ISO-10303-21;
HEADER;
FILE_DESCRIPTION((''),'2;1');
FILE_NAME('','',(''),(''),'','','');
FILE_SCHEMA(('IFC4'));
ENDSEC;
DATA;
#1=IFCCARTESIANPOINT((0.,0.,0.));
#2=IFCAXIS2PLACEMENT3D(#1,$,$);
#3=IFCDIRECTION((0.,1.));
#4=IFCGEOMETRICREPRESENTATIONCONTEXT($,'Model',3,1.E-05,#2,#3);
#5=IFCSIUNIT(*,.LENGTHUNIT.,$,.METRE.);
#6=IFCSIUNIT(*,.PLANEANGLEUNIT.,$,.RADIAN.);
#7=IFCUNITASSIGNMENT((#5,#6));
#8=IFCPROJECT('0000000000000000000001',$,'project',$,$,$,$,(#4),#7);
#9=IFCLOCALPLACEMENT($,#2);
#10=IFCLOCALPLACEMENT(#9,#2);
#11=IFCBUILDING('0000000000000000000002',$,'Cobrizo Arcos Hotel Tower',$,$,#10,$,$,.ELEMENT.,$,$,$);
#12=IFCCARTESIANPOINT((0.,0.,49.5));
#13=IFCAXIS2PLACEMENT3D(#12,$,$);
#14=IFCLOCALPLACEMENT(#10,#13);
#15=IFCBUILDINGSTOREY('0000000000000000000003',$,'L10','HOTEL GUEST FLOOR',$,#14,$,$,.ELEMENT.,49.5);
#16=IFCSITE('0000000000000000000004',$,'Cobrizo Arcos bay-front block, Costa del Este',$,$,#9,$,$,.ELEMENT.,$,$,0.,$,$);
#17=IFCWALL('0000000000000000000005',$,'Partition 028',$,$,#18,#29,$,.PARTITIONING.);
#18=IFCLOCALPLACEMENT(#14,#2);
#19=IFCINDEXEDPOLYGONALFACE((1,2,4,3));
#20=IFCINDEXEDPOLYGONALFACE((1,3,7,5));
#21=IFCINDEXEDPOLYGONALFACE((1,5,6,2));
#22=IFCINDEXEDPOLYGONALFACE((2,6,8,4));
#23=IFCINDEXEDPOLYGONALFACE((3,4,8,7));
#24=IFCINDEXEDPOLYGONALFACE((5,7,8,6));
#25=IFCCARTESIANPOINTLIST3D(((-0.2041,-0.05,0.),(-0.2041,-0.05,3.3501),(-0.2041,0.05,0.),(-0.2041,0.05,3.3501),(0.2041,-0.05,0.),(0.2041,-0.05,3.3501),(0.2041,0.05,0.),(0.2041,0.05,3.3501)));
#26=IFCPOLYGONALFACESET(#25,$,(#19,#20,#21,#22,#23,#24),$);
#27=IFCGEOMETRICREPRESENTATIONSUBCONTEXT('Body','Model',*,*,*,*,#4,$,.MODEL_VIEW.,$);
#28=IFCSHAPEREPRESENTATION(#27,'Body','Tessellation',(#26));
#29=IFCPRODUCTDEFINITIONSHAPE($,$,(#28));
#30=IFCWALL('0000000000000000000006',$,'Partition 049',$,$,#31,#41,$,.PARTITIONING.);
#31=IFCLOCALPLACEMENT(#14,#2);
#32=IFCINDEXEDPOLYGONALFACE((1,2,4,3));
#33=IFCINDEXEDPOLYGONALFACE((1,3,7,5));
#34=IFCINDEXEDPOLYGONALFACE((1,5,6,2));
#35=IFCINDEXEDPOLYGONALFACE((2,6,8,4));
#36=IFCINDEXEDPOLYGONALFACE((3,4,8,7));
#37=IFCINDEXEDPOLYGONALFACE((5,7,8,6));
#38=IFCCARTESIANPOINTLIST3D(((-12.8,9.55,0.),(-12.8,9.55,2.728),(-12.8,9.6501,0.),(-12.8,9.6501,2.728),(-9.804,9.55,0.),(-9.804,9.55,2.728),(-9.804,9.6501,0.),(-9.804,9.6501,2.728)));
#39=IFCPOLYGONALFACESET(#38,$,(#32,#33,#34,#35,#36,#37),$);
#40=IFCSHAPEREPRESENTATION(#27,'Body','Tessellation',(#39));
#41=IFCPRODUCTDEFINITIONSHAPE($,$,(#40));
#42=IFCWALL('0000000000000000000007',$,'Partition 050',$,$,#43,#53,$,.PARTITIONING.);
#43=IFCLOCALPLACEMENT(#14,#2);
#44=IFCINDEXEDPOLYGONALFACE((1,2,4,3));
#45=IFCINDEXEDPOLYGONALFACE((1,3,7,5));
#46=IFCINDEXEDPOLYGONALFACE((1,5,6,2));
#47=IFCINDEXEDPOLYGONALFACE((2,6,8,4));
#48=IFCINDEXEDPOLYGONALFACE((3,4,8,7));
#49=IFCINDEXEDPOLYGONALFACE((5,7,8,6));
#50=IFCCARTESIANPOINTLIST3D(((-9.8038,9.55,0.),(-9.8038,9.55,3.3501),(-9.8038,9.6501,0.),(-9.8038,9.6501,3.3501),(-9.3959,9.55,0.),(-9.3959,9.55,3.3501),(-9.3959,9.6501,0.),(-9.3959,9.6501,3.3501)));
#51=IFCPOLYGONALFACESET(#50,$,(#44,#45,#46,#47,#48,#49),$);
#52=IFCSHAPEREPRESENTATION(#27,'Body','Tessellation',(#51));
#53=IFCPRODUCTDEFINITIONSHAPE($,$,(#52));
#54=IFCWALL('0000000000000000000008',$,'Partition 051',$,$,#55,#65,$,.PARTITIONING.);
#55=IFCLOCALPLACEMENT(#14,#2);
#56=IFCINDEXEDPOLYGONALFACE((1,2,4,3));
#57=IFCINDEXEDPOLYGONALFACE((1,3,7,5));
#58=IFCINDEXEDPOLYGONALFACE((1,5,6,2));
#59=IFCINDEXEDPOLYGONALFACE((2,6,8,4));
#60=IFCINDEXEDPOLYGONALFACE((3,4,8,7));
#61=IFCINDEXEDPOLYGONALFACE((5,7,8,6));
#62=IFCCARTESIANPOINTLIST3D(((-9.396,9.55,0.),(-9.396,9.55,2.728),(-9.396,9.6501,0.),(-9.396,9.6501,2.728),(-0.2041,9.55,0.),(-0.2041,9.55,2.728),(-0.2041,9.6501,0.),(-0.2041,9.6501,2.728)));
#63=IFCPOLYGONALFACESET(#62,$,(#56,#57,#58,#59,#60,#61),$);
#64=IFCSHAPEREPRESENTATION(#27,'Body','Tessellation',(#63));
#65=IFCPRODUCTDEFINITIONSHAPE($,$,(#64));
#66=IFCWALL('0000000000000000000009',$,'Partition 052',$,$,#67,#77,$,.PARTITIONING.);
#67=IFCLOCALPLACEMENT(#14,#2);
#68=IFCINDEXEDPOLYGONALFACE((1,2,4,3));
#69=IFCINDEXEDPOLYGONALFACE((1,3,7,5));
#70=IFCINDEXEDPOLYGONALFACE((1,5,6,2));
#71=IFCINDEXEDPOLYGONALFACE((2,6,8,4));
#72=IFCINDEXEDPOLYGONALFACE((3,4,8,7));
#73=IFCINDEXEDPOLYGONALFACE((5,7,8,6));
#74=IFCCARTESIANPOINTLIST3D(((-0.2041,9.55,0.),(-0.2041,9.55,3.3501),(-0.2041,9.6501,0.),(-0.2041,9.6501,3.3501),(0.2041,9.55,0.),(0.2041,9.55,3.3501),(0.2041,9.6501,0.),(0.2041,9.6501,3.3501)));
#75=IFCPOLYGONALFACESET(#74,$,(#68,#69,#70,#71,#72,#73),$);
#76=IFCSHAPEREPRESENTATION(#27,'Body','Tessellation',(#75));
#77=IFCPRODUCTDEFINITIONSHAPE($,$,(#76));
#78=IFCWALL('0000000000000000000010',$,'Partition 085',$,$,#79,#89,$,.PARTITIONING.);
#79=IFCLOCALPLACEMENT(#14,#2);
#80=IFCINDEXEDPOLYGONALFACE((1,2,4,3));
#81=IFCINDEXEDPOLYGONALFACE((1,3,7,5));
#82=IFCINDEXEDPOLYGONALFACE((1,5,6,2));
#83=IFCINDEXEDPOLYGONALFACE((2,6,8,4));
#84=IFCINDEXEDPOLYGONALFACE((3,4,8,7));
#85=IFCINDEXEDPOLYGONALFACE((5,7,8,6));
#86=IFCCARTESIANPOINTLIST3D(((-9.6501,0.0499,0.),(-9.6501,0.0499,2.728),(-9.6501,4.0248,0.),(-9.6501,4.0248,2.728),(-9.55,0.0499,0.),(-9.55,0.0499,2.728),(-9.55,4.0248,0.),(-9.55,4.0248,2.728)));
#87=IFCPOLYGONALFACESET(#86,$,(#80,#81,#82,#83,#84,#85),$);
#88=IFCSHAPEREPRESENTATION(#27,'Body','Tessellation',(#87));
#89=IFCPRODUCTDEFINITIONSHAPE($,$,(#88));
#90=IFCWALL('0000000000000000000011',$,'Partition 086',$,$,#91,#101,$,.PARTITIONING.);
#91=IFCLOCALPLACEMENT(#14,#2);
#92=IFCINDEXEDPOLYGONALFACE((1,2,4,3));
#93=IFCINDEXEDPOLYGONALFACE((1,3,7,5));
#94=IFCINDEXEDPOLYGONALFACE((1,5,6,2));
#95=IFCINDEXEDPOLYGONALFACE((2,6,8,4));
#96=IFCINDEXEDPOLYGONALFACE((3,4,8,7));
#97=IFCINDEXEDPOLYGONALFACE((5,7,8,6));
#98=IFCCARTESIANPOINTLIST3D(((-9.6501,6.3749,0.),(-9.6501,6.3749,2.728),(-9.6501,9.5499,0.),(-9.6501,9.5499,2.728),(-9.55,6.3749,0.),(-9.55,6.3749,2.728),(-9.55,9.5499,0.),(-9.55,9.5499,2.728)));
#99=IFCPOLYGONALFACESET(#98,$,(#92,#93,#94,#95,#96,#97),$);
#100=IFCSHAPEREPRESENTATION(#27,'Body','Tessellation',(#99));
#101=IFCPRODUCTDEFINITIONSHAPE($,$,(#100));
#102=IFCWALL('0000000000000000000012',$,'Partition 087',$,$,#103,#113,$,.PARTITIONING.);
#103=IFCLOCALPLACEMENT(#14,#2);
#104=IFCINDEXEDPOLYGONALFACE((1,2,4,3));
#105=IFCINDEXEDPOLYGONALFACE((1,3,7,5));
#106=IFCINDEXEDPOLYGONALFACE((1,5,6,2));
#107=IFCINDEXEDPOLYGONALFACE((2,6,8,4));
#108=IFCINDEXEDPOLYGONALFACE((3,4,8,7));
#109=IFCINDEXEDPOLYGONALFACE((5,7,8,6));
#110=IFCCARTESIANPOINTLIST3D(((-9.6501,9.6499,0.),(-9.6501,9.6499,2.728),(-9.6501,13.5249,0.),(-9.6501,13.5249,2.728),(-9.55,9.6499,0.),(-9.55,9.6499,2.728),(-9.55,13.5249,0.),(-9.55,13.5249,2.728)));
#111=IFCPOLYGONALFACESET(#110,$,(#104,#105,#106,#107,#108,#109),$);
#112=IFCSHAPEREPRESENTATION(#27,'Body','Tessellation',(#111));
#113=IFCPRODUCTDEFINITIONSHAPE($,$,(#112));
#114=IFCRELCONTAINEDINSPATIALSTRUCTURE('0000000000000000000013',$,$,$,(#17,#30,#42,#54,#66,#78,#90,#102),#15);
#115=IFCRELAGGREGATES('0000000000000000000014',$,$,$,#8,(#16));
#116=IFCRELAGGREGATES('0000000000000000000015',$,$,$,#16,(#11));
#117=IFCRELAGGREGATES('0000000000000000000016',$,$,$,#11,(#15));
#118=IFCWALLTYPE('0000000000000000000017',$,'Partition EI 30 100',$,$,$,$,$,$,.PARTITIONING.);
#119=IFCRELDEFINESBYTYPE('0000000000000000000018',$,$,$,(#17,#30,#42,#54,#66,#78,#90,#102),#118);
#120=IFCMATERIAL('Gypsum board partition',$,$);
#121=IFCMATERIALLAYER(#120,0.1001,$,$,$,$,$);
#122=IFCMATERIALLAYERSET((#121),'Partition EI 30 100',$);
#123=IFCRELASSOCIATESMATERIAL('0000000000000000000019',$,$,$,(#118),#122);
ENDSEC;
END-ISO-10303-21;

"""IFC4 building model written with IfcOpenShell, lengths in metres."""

from ifc_helpers import new_model, si_unit, direction, frame, frame_2d, origin, place, context, subcontext, project, spatial, rectangle, extrude, material, layer, layer_set, type_object, element, save


model = new_model("IFC4")

# Units and contexts
model_context = context("Model", 3, precision=1e-05, world=origin(), true_north=direction((0.0, 1.0)))
body_context = subcontext(model_context, "Body", "Model", "MODEL_VIEW")
ifc_project = project(units=[si_unit("LENGTHUNIT", "METRE"), si_unit("PLANEANGLEUNIT", "RADIAN")], contexts=[model_context])

# Site, building, storey
site_placement = place(None, origin())
site = spatial("IfcSite", under=ifc_project, at=site_placement, Name="Cobrizo Arcos bay-front block, Costa del Este", CompositionType="ELEMENT", RefElevation=0.0)
building_placement = place(site_placement, origin())
building = spatial("IfcBuilding", under=site, at=building_placement, Name="Cobrizo Arcos Hotel Tower", CompositionType="ELEMENT")
storey_placement = place(building_placement, frame((0.0, 0.0, 49.5)))
storey = spatial("IfcBuildingStorey", under=building, at=storey_placement, Name="L10", Description="HOTEL GUEST FLOOR", CompositionType="ELEMENT", Elevation=49.5)

# Shared definitions
ifc_material_1 = material(Name="Gypsum board partition")

# Walls
ifc_layer_1 = layer(ifc_material_1, 0.1001)
ifc_layer_set_1 = layer_set([ifc_layer_1], Name="Partition EI 30 100")
wall_type_1 = type_object("IfcWallType", Name="Partition EI 30 100", PredefinedType="PARTITIONING", material=ifc_layer_set_1)
wall_1_placement = place(storey_placement, frame((-0.2041, 0.0, 0.0), z_axis=(0.0, 0.0, 1.0), x_axis=(1.0, 0.0, 0.0)))
element("IfcWall", 1, at=wall_1_placement, inside=storey, type_object=wall_type_1, Name="Partition 028", PredefinedType="PARTITIONING", context=body_context, shape_type="SweptSolid", body=[
    extrude(rectangle(XDim=0.4082, YDim=0.1001, at=frame_2d((0.2041, 0.0))), origin(), (0.0, 0.0, 1.0), 3.3501),
])
wall_2_placement = place(storey_placement, frame((-12.8, 9.6001, 0.0), z_axis=(0.0, 0.0, 1.0), x_axis=(1.0, 0.0, 0.0)))
element("IfcWall", 2, at=wall_2_placement, inside=storey, type_object=wall_type_1, Name="Partition 049", PredefinedType="PARTITIONING", context=body_context, shape_type="SweptSolid", body=[
    extrude(rectangle(XDim=2.9961, YDim=0.1001, at=frame_2d((1.498, 0.0))), origin(), (0.0, 0.0, 1.0), 2.728),
])
wall_3_placement = place(storey_placement, frame((-9.804, 9.6001, 0.0), z_axis=(0.0, 0.0, 1.0), x_axis=(1.0, 0.0, 0.0)))
element("IfcWall", 3, at=wall_3_placement, inside=storey, type_object=wall_type_1, Name="Partition 050", PredefinedType="PARTITIONING", context=body_context, shape_type="SweptSolid", body=[
    extrude(rectangle(XDim=0.408, YDim=0.1001, at=frame_2d((0.2041, 0.0))), origin(), (0.0, 0.0, 1.0), 3.3501),
])
wall_4_placement = place(storey_placement, frame((-9.396, 9.6001, 0.0), z_axis=(0.0, 0.0, 1.0), x_axis=(1.0, 0.0, 0.0)))
element("IfcWall", 4, at=wall_4_placement, inside=storey, type_object=wall_type_1, Name="Partition 051", PredefinedType="PARTITIONING", context=body_context, shape_type="SweptSolid", body=[
    extrude(rectangle(XDim=9.1919, YDim=0.1001, at=frame_2d((4.5959, 0.0))), origin(), (0.0, 0.0, 1.0), 2.728),
])
wall_5_placement = place(storey_placement, frame((-0.2041, 9.6001, 0.0), z_axis=(0.0, 0.0, 1.0), x_axis=(1.0, 0.0, 0.0)))
element("IfcWall", 5, at=wall_5_placement, inside=storey, type_object=wall_type_1, Name="Partition 052", PredefinedType="PARTITIONING", context=body_context, shape_type="SweptSolid", body=[
    extrude(rectangle(XDim=0.4082, YDim=0.1001, at=frame_2d((0.2041, 0.0))), origin(), (0.0, 0.0, 1.0), 3.3501),
])
wall_6_placement = place(storey_placement, frame((-9.6001, 0.05, 0.0), z_axis=(0.0, 0.0, 1.0), x_axis=(0.0, 1.0, 0.0)))
element("IfcWall", 6, at=wall_6_placement, inside=storey, type_object=wall_type_1, Name="Partition 085", PredefinedType="PARTITIONING", context=body_context, shape_type="SweptSolid", body=[
    extrude(rectangle(XDim=3.9749, YDim=0.1001, at=frame_2d((1.9873, 0.0))), origin(), (0.0, 0.0, 1.0), 2.728),
])
wall_7_placement = place(storey_placement, frame((-9.6001, 6.375, 0.0), z_axis=(0.0, 0.0, 1.0), x_axis=(0.0, 1.0, 0.0)))
element("IfcWall", 7, at=wall_7_placement, inside=storey, type_object=wall_type_1, Name="Partition 086", PredefinedType="PARTITIONING", context=body_context, shape_type="SweptSolid", body=[
    extrude(rectangle(XDim=3.175, YDim=0.1001, at=frame_2d((1.5874, 0.0))), origin(), (0.0, 0.0, 1.0), 2.728),
])
wall_8_placement = place(storey_placement, frame((-9.6001, 9.6499, 0.0), z_axis=(0.0, 0.0, 1.0), x_axis=(0.0, 1.0, 0.0)))
element("IfcWall", 8, at=wall_8_placement, inside=storey, type_object=wall_type_1, Name="Partition 087", PredefinedType="PARTITIONING", context=body_context, shape_type="SweptSolid", body=[
    extrude(rectangle(XDim=3.875, YDim=0.1001, at=frame_2d((1.9375, 0.0))), origin(), (0.0, 0.0, 1.0), 2.728),
])

save(model, "model.ifc")
